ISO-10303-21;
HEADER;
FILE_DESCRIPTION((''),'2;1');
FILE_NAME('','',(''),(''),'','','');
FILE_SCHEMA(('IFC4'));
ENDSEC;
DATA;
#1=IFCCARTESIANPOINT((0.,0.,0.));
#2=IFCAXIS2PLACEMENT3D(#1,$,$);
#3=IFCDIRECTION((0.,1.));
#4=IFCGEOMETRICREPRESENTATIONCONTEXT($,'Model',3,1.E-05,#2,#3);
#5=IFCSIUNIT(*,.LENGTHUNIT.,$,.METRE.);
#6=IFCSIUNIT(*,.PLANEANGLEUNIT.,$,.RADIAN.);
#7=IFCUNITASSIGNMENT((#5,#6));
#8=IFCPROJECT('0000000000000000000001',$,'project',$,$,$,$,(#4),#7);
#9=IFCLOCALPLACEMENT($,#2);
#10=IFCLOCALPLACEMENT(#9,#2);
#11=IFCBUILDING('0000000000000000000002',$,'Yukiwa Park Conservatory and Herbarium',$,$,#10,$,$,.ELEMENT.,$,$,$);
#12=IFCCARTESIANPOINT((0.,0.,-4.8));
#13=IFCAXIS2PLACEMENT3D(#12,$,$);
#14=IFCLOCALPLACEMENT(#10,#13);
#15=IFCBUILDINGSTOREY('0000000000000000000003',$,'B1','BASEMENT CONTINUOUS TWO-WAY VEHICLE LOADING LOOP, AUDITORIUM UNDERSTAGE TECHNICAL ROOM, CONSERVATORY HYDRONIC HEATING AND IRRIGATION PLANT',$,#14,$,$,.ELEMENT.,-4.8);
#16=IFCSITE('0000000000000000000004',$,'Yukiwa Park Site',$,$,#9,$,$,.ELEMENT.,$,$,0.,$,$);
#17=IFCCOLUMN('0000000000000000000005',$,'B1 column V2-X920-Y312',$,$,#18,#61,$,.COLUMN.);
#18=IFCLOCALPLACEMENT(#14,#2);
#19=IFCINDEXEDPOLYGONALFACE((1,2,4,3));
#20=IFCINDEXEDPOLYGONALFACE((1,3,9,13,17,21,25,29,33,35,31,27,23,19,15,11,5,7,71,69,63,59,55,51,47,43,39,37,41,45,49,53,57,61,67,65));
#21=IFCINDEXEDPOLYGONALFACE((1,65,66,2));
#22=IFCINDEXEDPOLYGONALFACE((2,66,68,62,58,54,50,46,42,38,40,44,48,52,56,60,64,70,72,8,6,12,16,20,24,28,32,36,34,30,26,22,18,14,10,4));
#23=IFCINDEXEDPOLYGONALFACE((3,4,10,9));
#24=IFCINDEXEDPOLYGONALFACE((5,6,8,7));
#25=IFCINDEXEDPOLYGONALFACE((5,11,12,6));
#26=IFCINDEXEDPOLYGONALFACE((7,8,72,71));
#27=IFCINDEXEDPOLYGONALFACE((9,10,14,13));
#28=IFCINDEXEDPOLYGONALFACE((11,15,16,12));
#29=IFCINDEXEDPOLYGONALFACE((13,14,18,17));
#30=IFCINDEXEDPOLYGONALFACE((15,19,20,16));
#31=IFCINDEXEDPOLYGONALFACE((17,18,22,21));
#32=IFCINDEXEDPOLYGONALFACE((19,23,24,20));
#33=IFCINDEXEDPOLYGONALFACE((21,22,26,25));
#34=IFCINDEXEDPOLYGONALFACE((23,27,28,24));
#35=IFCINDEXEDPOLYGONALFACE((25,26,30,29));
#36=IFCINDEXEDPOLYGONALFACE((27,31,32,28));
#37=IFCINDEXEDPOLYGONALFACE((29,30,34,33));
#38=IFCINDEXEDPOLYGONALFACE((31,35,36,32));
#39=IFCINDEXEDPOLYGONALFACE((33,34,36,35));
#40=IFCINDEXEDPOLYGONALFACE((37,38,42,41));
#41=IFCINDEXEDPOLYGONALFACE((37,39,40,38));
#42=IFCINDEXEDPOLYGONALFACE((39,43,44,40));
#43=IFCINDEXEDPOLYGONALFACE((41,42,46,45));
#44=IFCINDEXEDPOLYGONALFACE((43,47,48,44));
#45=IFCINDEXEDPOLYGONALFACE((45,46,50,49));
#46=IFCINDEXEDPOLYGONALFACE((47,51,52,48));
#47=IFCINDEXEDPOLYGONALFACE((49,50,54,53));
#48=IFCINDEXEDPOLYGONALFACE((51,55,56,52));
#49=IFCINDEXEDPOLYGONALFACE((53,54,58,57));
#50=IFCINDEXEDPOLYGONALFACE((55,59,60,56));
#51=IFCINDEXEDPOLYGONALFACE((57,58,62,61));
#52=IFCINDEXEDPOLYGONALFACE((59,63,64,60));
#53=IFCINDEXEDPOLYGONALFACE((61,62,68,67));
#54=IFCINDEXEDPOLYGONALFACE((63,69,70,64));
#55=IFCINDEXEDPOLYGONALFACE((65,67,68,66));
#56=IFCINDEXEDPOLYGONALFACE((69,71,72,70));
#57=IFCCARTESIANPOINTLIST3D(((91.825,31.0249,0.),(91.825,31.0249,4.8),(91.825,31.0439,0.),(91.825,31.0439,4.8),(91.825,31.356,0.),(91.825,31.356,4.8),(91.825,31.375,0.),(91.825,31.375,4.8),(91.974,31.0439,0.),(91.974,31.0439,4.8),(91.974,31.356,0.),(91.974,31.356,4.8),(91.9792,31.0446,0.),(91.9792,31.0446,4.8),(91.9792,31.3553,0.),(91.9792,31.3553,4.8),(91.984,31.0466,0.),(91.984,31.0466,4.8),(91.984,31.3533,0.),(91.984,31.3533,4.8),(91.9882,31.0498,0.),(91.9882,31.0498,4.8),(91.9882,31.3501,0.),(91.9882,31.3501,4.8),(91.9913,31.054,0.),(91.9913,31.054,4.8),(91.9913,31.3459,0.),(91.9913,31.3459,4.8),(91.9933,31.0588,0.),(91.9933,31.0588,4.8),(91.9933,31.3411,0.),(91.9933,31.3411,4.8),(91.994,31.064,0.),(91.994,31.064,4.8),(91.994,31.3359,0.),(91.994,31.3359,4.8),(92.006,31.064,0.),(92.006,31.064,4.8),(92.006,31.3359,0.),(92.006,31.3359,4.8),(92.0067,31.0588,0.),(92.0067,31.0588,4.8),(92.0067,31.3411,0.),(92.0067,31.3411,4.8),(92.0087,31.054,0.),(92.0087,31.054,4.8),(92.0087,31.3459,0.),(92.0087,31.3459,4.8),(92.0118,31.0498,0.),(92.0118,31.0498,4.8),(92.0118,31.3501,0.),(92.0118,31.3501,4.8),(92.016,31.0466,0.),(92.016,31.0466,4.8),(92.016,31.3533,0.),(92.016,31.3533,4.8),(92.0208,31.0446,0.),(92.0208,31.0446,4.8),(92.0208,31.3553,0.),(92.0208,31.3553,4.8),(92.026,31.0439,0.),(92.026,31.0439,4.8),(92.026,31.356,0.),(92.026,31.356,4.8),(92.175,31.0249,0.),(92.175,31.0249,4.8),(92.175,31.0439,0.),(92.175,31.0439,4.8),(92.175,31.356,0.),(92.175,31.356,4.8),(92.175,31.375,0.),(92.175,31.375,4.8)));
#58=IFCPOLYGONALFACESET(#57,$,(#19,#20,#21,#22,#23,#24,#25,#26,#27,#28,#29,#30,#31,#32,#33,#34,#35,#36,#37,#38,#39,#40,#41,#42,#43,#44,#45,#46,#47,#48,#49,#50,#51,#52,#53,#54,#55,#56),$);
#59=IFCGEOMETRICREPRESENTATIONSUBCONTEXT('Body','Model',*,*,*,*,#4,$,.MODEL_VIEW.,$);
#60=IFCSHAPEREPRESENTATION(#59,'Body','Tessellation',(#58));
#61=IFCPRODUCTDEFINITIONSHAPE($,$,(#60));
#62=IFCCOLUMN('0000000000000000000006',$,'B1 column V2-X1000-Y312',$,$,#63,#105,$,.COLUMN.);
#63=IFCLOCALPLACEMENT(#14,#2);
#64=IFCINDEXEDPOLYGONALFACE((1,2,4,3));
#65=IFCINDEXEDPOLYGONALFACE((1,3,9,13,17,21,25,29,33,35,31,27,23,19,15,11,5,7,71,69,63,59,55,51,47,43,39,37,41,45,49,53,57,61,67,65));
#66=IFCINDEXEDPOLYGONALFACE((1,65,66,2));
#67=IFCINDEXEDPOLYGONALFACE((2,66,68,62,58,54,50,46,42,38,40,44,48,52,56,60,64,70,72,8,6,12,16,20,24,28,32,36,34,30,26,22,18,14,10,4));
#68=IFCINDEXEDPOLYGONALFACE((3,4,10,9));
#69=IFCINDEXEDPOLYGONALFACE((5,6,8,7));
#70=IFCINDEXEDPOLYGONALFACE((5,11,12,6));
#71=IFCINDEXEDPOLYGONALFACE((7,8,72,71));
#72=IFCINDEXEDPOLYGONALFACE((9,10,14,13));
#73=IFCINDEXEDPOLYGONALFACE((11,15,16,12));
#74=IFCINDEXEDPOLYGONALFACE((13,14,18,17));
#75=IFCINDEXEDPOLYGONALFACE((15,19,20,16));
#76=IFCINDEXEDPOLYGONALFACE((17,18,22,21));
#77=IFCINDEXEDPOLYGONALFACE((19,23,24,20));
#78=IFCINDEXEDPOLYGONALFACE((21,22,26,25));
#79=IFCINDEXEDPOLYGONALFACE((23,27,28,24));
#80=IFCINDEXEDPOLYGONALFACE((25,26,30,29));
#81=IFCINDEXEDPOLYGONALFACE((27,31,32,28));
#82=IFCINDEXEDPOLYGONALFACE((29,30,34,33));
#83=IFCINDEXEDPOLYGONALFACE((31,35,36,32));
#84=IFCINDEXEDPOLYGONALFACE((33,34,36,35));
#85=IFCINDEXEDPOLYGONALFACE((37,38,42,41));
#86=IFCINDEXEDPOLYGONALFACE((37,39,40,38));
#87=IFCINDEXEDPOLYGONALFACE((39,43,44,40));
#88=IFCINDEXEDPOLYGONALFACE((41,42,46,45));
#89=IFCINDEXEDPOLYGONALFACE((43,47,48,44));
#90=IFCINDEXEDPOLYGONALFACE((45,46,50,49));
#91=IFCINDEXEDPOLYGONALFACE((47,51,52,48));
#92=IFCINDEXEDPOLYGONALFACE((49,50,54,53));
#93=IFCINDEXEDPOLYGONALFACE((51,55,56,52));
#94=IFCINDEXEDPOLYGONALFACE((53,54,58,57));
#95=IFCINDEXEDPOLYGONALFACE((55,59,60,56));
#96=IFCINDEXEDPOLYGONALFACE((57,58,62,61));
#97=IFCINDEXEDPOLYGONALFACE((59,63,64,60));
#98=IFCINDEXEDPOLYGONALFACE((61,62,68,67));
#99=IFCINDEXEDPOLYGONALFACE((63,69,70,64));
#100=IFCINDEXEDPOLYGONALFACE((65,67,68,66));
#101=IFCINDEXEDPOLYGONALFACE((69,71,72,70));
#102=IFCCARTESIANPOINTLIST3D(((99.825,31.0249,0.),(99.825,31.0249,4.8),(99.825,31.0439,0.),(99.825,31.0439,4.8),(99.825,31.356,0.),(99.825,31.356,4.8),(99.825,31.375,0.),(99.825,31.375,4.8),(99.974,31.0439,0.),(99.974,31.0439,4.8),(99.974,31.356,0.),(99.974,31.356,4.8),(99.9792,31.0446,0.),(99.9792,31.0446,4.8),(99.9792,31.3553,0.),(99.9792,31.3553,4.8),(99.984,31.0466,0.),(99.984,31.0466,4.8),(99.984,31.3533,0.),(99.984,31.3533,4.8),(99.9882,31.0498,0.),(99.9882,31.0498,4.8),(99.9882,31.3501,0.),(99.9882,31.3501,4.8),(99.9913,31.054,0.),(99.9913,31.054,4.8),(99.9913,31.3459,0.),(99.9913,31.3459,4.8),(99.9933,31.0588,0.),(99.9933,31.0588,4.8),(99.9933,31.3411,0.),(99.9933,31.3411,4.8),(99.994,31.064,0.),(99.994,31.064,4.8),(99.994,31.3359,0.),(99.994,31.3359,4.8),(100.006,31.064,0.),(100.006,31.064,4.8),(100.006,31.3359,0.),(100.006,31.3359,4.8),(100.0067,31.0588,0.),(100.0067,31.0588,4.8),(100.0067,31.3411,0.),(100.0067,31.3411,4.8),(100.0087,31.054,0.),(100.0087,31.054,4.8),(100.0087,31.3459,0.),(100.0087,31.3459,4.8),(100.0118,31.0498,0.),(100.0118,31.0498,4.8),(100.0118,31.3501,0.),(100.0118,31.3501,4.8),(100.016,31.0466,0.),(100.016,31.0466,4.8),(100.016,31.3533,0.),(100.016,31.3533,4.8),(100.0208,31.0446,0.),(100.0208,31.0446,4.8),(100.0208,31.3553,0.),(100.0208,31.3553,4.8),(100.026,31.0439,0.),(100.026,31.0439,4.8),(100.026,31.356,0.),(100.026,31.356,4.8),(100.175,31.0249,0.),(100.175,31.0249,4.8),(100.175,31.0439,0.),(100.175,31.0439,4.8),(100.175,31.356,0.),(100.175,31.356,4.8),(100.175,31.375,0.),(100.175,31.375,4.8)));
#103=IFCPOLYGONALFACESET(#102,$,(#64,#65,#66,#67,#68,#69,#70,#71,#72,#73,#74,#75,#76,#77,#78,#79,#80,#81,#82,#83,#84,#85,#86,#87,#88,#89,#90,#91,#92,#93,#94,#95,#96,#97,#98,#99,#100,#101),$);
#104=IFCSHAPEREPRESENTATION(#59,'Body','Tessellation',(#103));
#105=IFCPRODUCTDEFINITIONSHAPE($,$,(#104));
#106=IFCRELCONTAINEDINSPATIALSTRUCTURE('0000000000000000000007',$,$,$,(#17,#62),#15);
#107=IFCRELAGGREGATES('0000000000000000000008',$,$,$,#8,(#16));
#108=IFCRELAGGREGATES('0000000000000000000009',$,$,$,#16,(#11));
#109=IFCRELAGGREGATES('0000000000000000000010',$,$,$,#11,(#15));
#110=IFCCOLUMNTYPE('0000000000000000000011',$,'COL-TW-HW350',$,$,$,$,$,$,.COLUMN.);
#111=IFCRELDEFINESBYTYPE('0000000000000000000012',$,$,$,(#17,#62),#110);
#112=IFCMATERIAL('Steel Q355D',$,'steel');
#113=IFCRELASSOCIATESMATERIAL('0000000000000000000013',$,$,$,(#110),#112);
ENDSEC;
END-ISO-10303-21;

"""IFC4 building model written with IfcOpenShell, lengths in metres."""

from ifc_helpers import new_model, si_unit, direction, frame, origin, origin_2d, place, context, subcontext, project, spatial, i_section, extrude, material, material_profile, profile_set, type_object, element, save


model = new_model("IFC4")

# Units and contexts
model_context = context("Model", 3, precision=1e-05, world=origin(), true_north=direction((0.0, 1.0)))
body_context = subcontext(model_context, "Body", "Model", "MODEL_VIEW")
ifc_project = project(units=[si_unit("LENGTHUNIT", "METRE"), si_unit("PLANEANGLEUNIT", "RADIAN")], contexts=[model_context])

# Site, building, storey
site_placement = place(None, origin())
site = spatial("IfcSite", under=ifc_project, at=site_placement, Name="Yukiwa Park Site", CompositionType="ELEMENT", RefElevation=0.0)
building_placement = place(site_placement, origin())
building = spatial("IfcBuilding", under=site, at=building_placement, Name="Yukiwa Park Conservatory and Herbarium", CompositionType="ELEMENT")
storey_placement = place(building_placement, frame((0.0, 0.0, -4.8)))
storey = spatial("IfcBuildingStorey", under=building, at=storey_placement, Name="B1", Description="BASEMENT CONTINUOUS TWO-WAY VEHICLE LOADING LOOP, AUDITORIUM UNDERSTAGE TECHNICAL ROOM, CONSERVATORY HYDRONIC HEATING AND IRRIGATION PLANT", CompositionType="ELEMENT", Elevation=-4.8)

# Columns
ifc_material_1 = material(Name="Steel Q355D", Category="steel")
ifc_material_profile_1 = material_profile(ifc_material_1, i_section(OverallWidth=0.3501, OverallDepth=0.3501, WebThickness=0.012, FlangeThickness=0.019, FilletRadius=0.02, at=origin_2d()), Name="HW 350x350x12x19")
ifc_profile_set_1 = profile_set([ifc_material_profile_1], Name="Steel Q355D")
column_type_1 = type_object("IfcColumnType", Name="COL-TW-HW350", PredefinedType="COLUMN", material=ifc_profile_set_1)
for number, where, z_axis, x_axis, name in (
    (1, (92.0, 31.2, 0.0), (0.0, 0.0, 1.0), (1.0, 0.0, 0.0), "B1 column V2-X920-Y312"),
    (2, (100.0, 31.2, 0.0), (0.0, 0.0, 1.0), (1.0, 0.0, 0.0), "B1 column V2-X1000-Y312"),
):
    element("IfcColumn", number, at=place(storey_placement, frame(where, z_axis=z_axis, x_axis=x_axis)), inside=storey, type_object=column_type_1, Name=name, PredefinedType="COLUMN", context=body_context, shape_type="SweptSolid", body=[
        extrude(i_section(OverallWidth=0.3501, OverallDepth=0.3501, WebThickness=0.012, FlangeThickness=0.019, FilletRadius=0.02, at=origin_2d()), origin(), (0.0, 0.0, 1.0), 4.8),
    ])

save(model, "model.ifc")
